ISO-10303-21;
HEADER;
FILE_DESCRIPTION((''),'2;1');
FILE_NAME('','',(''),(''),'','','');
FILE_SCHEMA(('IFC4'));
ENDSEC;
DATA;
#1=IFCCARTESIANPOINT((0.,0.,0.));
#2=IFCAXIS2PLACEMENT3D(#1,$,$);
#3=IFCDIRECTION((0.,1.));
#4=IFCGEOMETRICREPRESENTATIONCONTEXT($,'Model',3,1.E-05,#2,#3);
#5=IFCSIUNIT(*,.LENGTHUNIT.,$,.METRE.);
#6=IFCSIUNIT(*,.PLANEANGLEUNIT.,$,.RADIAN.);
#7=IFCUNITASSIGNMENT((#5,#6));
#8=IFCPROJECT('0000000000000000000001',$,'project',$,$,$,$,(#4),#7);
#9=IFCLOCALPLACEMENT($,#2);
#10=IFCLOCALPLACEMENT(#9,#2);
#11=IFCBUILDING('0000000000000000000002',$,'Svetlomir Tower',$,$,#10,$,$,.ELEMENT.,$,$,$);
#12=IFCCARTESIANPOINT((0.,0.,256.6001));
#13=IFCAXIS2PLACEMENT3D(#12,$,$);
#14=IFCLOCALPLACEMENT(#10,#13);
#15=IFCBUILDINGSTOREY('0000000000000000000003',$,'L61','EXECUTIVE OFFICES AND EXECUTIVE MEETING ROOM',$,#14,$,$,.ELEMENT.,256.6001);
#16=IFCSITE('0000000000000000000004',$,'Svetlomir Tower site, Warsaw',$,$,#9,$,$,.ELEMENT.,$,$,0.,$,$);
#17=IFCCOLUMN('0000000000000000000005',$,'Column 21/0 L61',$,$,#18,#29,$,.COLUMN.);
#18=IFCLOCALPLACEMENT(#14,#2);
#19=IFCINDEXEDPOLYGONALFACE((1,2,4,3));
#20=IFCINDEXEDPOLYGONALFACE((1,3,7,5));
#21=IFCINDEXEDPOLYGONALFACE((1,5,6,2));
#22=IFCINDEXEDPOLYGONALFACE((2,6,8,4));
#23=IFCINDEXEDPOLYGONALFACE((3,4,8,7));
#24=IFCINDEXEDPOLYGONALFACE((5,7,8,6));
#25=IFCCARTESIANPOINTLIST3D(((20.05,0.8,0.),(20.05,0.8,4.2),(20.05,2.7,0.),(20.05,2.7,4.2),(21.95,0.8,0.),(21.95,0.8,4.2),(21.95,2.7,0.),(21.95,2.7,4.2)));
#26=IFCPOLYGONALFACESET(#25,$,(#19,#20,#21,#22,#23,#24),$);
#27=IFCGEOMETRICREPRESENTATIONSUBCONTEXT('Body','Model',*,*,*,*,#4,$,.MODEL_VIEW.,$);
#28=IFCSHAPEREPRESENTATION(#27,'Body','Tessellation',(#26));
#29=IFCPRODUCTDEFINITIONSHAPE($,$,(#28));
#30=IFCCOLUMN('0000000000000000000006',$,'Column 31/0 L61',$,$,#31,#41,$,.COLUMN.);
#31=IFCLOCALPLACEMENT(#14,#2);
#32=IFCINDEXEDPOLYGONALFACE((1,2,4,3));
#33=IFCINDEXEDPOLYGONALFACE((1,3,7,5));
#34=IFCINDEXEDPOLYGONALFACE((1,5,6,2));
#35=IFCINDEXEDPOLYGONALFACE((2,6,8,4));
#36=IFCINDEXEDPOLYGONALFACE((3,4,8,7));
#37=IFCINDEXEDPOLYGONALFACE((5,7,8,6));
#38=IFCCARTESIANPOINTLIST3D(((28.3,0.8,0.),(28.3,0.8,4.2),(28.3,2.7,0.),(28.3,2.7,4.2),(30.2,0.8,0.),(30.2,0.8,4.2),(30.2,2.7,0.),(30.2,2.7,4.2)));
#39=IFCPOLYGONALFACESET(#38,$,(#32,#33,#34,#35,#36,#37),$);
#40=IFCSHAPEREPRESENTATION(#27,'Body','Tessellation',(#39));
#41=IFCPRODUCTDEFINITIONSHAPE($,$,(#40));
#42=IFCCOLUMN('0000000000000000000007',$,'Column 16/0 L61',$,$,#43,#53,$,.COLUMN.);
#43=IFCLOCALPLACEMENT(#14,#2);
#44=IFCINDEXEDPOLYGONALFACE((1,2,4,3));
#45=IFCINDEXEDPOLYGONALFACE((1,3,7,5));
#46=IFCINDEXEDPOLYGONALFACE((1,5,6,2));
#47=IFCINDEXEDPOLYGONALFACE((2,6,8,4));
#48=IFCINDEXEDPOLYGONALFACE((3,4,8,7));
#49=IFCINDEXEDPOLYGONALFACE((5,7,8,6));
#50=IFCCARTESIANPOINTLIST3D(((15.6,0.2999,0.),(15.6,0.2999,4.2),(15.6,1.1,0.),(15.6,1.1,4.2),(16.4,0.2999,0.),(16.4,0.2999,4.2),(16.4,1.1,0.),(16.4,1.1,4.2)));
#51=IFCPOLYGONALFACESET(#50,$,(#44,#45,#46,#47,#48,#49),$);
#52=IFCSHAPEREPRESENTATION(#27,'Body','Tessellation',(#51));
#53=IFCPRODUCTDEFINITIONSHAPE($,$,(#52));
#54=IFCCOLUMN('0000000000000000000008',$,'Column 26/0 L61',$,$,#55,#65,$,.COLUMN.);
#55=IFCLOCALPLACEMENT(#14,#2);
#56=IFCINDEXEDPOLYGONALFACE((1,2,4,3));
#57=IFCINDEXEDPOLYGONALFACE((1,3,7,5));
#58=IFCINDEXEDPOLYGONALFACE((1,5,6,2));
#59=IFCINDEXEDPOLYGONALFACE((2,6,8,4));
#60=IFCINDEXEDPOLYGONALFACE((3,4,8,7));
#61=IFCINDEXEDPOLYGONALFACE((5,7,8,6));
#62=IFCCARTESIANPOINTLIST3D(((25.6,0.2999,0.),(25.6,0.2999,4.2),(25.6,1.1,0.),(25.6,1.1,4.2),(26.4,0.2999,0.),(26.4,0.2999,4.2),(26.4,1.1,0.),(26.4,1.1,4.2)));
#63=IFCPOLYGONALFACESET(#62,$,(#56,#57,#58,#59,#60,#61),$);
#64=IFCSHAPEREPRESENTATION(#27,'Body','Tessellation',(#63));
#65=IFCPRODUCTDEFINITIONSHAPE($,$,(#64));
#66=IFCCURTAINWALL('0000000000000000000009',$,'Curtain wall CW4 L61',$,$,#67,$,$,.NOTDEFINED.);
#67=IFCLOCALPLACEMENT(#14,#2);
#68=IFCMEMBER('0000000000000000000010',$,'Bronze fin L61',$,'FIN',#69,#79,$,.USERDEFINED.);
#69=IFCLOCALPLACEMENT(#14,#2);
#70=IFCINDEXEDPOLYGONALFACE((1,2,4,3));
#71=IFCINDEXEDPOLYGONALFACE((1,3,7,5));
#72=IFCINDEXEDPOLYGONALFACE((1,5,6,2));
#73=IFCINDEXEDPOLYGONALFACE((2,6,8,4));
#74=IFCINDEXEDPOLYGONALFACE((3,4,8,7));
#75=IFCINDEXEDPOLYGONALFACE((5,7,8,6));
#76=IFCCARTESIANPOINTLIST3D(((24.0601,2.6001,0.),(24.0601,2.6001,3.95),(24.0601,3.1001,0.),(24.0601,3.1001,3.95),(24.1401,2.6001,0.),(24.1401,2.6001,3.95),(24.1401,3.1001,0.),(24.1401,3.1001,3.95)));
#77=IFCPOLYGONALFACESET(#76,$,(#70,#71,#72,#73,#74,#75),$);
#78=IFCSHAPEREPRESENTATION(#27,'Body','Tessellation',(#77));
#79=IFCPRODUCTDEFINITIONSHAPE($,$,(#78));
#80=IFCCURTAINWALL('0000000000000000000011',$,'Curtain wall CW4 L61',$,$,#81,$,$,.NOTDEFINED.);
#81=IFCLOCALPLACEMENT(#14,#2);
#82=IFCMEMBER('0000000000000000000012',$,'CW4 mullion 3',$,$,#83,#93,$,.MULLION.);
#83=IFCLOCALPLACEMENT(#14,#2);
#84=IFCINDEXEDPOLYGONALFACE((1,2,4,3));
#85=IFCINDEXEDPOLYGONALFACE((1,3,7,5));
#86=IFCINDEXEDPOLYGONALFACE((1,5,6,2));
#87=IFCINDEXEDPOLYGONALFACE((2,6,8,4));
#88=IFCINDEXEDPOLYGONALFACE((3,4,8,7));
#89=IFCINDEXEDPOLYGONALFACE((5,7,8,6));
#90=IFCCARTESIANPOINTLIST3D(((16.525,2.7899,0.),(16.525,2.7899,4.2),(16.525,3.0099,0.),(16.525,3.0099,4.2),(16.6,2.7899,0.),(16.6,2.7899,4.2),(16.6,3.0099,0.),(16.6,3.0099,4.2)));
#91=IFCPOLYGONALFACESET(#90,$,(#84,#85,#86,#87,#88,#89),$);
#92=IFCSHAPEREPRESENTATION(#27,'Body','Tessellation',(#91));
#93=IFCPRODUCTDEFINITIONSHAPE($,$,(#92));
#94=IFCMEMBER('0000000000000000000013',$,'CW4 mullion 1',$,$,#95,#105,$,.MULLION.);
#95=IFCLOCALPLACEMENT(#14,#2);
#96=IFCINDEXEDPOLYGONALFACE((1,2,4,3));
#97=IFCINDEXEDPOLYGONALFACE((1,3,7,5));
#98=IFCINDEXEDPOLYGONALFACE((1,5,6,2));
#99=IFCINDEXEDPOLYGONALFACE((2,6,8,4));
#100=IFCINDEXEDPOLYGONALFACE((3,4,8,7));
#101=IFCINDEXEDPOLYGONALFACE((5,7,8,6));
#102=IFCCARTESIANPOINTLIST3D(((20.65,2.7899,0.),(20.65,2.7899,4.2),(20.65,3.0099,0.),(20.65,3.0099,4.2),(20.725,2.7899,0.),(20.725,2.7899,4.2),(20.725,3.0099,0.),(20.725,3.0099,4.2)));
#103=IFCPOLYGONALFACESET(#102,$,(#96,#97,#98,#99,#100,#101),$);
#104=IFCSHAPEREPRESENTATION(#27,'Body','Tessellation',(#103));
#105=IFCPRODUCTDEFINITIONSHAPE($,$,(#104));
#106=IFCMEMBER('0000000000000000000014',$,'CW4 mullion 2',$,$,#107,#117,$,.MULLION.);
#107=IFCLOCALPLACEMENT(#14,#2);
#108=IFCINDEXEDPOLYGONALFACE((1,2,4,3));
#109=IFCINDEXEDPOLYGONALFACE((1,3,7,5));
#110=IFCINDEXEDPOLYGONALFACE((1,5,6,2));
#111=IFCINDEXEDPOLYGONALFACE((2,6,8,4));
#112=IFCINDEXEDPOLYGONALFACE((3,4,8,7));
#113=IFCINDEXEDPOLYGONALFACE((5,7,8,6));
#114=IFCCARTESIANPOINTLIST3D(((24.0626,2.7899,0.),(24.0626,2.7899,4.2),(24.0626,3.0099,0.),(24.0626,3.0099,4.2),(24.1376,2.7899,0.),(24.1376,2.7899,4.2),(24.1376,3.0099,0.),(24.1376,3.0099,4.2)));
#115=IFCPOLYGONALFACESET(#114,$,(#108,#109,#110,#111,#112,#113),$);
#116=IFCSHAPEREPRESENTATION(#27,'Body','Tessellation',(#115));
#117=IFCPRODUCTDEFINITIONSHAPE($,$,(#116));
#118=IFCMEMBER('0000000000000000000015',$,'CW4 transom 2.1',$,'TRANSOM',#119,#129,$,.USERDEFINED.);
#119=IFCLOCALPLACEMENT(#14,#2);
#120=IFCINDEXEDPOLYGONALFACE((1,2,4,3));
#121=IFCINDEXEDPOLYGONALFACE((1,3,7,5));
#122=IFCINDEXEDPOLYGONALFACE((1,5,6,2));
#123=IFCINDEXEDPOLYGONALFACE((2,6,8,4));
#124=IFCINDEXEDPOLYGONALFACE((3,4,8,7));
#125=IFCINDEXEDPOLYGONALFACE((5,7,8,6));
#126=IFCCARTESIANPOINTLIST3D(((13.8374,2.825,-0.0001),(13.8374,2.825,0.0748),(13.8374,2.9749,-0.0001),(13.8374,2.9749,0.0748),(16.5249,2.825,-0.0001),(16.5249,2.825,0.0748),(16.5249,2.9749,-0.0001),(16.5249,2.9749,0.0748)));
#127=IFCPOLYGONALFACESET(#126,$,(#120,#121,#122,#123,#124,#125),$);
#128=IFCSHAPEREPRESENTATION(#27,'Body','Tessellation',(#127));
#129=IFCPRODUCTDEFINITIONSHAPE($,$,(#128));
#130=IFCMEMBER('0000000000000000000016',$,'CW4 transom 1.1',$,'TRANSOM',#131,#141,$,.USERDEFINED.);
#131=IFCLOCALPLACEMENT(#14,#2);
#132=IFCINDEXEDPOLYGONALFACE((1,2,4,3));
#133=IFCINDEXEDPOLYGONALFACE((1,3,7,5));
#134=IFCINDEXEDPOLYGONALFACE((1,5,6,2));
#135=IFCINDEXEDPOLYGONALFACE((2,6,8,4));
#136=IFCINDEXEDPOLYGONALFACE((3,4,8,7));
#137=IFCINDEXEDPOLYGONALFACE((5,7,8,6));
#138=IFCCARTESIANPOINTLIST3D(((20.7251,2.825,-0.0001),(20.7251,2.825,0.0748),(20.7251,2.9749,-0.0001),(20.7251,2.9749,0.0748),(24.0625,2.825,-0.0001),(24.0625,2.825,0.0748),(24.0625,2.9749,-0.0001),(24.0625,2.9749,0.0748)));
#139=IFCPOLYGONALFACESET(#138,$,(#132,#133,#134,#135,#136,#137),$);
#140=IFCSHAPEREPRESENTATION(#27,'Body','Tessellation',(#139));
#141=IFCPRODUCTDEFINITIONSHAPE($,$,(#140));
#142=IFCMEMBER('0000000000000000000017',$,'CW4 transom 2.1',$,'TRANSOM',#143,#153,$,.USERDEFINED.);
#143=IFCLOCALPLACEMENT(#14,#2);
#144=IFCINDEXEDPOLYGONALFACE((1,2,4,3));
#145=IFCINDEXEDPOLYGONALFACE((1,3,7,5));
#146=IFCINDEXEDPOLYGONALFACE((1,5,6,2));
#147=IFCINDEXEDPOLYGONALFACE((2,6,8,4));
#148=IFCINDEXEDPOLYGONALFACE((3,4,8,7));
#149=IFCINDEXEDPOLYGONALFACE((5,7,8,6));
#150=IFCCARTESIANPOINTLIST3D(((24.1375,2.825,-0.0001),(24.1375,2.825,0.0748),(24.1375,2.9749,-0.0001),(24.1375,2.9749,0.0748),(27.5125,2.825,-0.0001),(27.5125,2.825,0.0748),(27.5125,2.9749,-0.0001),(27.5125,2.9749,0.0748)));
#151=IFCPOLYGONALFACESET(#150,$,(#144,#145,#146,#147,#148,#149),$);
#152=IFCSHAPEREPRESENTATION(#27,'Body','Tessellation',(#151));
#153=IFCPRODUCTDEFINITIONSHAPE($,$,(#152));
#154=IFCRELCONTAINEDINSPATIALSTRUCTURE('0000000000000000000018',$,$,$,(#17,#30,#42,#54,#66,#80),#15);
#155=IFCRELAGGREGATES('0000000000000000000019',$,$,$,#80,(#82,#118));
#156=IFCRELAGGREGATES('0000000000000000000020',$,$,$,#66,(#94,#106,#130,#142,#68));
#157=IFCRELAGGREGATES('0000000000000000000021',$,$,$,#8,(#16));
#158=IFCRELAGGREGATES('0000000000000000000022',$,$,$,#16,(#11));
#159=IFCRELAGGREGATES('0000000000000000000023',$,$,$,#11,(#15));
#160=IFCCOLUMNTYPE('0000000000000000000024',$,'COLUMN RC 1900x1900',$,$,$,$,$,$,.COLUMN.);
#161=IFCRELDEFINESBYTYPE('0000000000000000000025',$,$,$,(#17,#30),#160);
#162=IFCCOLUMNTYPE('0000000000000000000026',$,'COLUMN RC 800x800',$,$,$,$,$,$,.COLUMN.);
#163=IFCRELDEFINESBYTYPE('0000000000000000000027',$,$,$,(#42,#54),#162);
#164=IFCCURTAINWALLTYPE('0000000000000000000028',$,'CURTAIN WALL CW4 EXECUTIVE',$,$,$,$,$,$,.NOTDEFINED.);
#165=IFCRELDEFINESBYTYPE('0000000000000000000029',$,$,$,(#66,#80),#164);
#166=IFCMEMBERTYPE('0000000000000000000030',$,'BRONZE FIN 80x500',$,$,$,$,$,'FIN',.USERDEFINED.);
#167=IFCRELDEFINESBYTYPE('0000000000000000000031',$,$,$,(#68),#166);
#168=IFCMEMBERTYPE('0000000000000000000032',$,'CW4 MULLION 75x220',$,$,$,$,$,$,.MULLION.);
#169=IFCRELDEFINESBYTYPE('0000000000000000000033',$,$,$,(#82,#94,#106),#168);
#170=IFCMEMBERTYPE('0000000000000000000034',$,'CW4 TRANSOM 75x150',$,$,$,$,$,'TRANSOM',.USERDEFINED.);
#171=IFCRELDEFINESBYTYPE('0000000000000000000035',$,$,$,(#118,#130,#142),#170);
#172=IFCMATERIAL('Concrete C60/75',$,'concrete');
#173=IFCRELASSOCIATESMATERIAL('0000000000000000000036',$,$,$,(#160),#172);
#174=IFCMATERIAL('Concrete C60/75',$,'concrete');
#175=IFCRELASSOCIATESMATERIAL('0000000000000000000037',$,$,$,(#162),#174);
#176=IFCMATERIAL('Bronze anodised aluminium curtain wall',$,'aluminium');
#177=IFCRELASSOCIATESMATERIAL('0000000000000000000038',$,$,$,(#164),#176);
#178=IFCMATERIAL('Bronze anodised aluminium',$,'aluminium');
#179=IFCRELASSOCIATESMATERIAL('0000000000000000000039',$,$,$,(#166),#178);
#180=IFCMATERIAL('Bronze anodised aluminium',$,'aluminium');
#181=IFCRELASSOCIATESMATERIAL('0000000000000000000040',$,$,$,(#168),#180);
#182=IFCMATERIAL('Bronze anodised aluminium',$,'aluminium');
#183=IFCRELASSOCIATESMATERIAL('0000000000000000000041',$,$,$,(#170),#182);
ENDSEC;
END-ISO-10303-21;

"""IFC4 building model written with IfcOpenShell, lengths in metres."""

from ifc_helpers import new_model, si_unit, direction, frame, origin, origin_2d, place, context, subcontext, project, spatial, rectangle, extrude, material, material_profile, profile_set, type_object, element, aggregate, save


model = new_model("IFC4")

# Units and contexts
model_context = context("Model", 3, precision=1e-05, world=origin(), true_north=direction((0.0, 1.0)))
body_context = subcontext(model_context, "Body", "Model", "MODEL_VIEW")
ifc_project = project(units=[si_unit("LENGTHUNIT", "METRE"), si_unit("PLANEANGLEUNIT", "RADIAN")], contexts=[model_context])

# Site, building, storey
site_placement = place(None, origin())
site = spatial("IfcSite", under=ifc_project, at=site_placement, Name="Svetlomir Tower site, Warsaw", CompositionType="ELEMENT", RefElevation=0.0)
building_placement = place(site_placement, origin())
building = spatial("IfcBuilding", under=site, at=building_placement, Name="Svetlomir Tower", CompositionType="ELEMENT")
storey_placement = place(building_placement, frame((0.0, 0.0, 256.6001)))
storey = spatial("IfcBuildingStorey", under=building, at=storey_placement, Name="L61", Description="EXECUTIVE OFFICES AND EXECUTIVE MEETING ROOM", CompositionType="ELEMENT", Elevation=256.6001)

# Columns
ifc_material_1 = material(Name="Concrete C60/75", Category="concrete")
ifc_material_profile_1 = material_profile(ifc_material_1, rectangle(XDim=1.8999, YDim=1.8999, at=origin_2d()), Name="RC 1900x1900")
ifc_profile_set_1 = profile_set([ifc_material_profile_1], Name="Concrete C60/75")
column_type_1 = type_object("IfcColumnType", Name="COLUMN RC 1900x1900", PredefinedType="COLUMN", material=ifc_profile_set_1)
for number, where, z_axis, x_axis, name in (
    (1, (21.0, 1.75, 0.0), (0.0, 0.0, 1.0), (1.0, 0.0, 0.0), "Column 21/0 L61"),
    (2, (29.25, 1.75, 0.0), (0.0, 0.0, 1.0), (1.0, 0.0, 0.0), "Column 31/0 L61"),
):
    element("IfcColumn", number, at=place(storey_placement, frame(where, z_axis=z_axis, x_axis=x_axis)), inside=storey, type_object=column_type_1, Name=name, PredefinedType="COLUMN", context=body_context, shape_type="SweptSolid", body=[
        extrude(rectangle(XDim=1.8999, YDim=1.8999, at=origin_2d()), origin(), (0.0, 0.0, 1.0), 4.2),
    ])
ifc_material_2 = material(Name="Concrete C60/75", Category="concrete")
ifc_material_profile_2 = material_profile(ifc_material_2, rectangle(XDim=0.8, YDim=0.8, at=origin_2d()), Name="RC 800x800")
ifc_profile_set_2 = profile_set([ifc_material_profile_2], Name="Concrete C60/75")
column_type_2 = type_object("IfcColumnType", Name="COLUMN RC 800x800", PredefinedType="COLUMN", material=ifc_profile_set_2)
for number, where, z_axis, x_axis, name in (
    (3, (16.0, 0.7, 0.0), (0.0, 0.0, 1.0), (1.0, 0.0, 0.0), "Column 16/0 L61"),
    (4, (26.0, 0.7, 0.0), (0.0, 0.0, 1.0), (1.0, 0.0, 0.0), "Column 26/0 L61"),
):
    element("IfcColumn", number, at=place(storey_placement, frame(where, z_axis=z_axis, x_axis=x_axis)), inside=storey, type_object=column_type_2, Name=name, PredefinedType="COLUMN", context=body_context, shape_type="SweptSolid", body=[
        extrude(rectangle(XDim=0.8, YDim=0.8, at=origin_2d()), origin(), (0.0, 0.0, 1.0), 4.2),
    ])

# Curtain walls, members
ifc_material_3 = material(Name="Bronze anodised aluminium curtain wall", Category="aluminium")
curtain_wall_type = type_object("IfcCurtainWallType", Name="CURTAIN WALL CW4 EXECUTIVE", PredefinedType="NOTDEFINED", material=ifc_material_3)
curtain_wall_1_placement = place(storey_placement, origin())
curtain_wall_1 = element("IfcCurtainWall", 5, at=curtain_wall_1_placement, inside=storey, type_object=curtain_wall_type, Name="Curtain wall CW4 L61", PredefinedType="NOTDEFINED")
ifc_material_4 = material(Name="Bronze anodised aluminium", Category="aluminium")
ifc_material_profile_3 = material_profile(ifc_material_4, rectangle(XDim=0.0801, YDim=0.5, at=origin_2d()), Name="FIN 80x500")
ifc_profile_set_3 = profile_set([ifc_material_profile_3], Name="Bronze anodised aluminium 6063-T6")
member_type_1 = type_object("IfcMemberType", Name="BRONZE FIN 80x500", ElementType="FIN", PredefinedType="USERDEFINED", material=ifc_profile_set_3)
member_1_placement = place(storey_placement, frame((24.1001, 2.8501, 0.0), z_axis=(0.0, 0.0, 1.0), x_axis=(1.0, 0.0, 0.0)))
member_1 = element("IfcMember", 6, at=member_1_placement, type_object=member_type_1, Name="Bronze fin L61", ObjectType="FIN", PredefinedType="USERDEFINED", context=body_context, shape_type="SweptSolid", body=[
    extrude(rectangle(XDim=0.0801, YDim=0.5, at=origin_2d()), origin(), (0.0, 0.0, 1.0), 3.95),
])
curtain_wall_2_placement = place(storey_placement, origin())
curtain_wall_2 = element("IfcCurtainWall", 7, at=curtain_wall_2_placement, inside=storey, type_object=curtain_wall_type, Name="Curtain wall CW4 L61", PredefinedType="NOTDEFINED")
ifc_material_5 = material(Name="Bronze anodised aluminium", Category="aluminium")
ifc_material_profile_4 = material_profile(ifc_material_5, rectangle(XDim=0.075, YDim=0.22, at=origin_2d()), Name="AL 75x220")
ifc_profile_set_4 = profile_set([ifc_material_profile_4], Name="Bronze anodised aluminium 6063-T6")
member_type_2 = type_object("IfcMemberType", Name="CW4 MULLION 75x220", PredefinedType="MULLION", material=ifc_profile_set_4)
member_2_placement = place(storey_placement, frame((16.5625, 2.8999, 0.0), z_axis=(0.0, 0.0, 1.0), x_axis=(1.0, 0.0, 0.0)))
member_2 = element("IfcMember", 8, at=member_2_placement, type_object=member_type_2, Name="CW4 mullion 3", PredefinedType="MULLION", context=body_context, shape_type="SweptSolid", body=[
    extrude(rectangle(XDim=0.075, YDim=0.22, at=origin_2d()), origin(), (0.0, 0.0, 1.0), 4.2),
])

# Members
member_3_placement = place(storey_placement, frame((20.6875, 2.8999, 0.0), z_axis=(0.0, 0.0, 1.0), x_axis=(1.0, 0.0, 0.0)))
member_3 = element("IfcMember", 9, at=member_3_placement, type_object=member_type_2, Name="CW4 mullion 1", PredefinedType="MULLION", context=body_context, shape_type="SweptSolid", body=[
    extrude(rectangle(XDim=0.075, YDim=0.22, at=origin_2d()), origin(), (0.0, 0.0, 1.0), 4.2),
])
member_4_placement = place(storey_placement, frame((24.1001, 2.8999, 0.0), z_axis=(0.0, 0.0, 1.0), x_axis=(1.0, 0.0, 0.0)))
member_4 = element("IfcMember", 10, at=member_4_placement, type_object=member_type_2, Name="CW4 mullion 2", PredefinedType="MULLION", context=body_context, shape_type="SweptSolid", body=[
    extrude(rectangle(XDim=0.075, YDim=0.22, at=origin_2d()), origin(), (0.0, 0.0, 1.0), 4.2),
])
ifc_material_6 = material(Name="Bronze anodised aluminium", Category="aluminium")
ifc_material_profile_5 = material_profile(ifc_material_6, rectangle(XDim=0.1499, YDim=0.075, at=origin_2d()), Name="AL 150x75")
ifc_profile_set_5 = profile_set([ifc_material_profile_5], Name="Bronze anodised aluminium 6063-T6")
member_type_3 = type_object("IfcMemberType", Name="CW4 TRANSOM 75x150", ElementType="TRANSOM", PredefinedType="USERDEFINED", material=ifc_profile_set_5)
member_5_placement = place(storey_placement, frame((13.8374, 2.8999, 0.0374), z_axis=(1.0, 0.0, 0.0), x_axis=(0.0, 1.0, 0.0)))
member_5 = element("IfcMember", 11, at=member_5_placement, type_object=member_type_3, Name="CW4 transom 2.1", ObjectType="TRANSOM", PredefinedType="USERDEFINED", context=body_context, shape_type="SweptSolid", body=[
    extrude(rectangle(XDim=0.1499, YDim=0.075, at=origin_2d()), origin(), (0.0, 0.0, 1.0), 2.6875),
])
member_6_placement = place(storey_placement, frame((20.7251, 2.8999, 0.0374), z_axis=(1.0, 0.0, 0.0), x_axis=(0.0, 1.0, 0.0)))
member_6 = element("IfcMember", 12, at=member_6_placement, type_object=member_type_3, Name="CW4 transom 1.1", ObjectType="TRANSOM", PredefinedType="USERDEFINED", context=body_context, shape_type="SweptSolid", body=[
    extrude(rectangle(XDim=0.1499, YDim=0.075, at=origin_2d()), origin(), (0.0, 0.0, 1.0), 3.3374),
])
member_7_placement = place(storey_placement, frame((24.1375, 2.8999, 0.0374), z_axis=(1.0, 0.0, 0.0), x_axis=(0.0, 1.0, 0.0)))
member_7 = element("IfcMember", 13, at=member_7_placement, type_object=member_type_3, Name="CW4 transom 2.1", ObjectType="TRANSOM", PredefinedType="USERDEFINED", context=body_context, shape_type="SweptSolid", body=[
    extrude(rectangle(XDim=0.1499, YDim=0.075, at=origin_2d()), origin(), (0.0, 0.0, 1.0), 3.375),
])

aggregate(curtain_wall_2, [member_2, member_5])
aggregate(curtain_wall_1, [member_3, member_4, member_6, member_7, member_1])

save(model, "model.ifc")
